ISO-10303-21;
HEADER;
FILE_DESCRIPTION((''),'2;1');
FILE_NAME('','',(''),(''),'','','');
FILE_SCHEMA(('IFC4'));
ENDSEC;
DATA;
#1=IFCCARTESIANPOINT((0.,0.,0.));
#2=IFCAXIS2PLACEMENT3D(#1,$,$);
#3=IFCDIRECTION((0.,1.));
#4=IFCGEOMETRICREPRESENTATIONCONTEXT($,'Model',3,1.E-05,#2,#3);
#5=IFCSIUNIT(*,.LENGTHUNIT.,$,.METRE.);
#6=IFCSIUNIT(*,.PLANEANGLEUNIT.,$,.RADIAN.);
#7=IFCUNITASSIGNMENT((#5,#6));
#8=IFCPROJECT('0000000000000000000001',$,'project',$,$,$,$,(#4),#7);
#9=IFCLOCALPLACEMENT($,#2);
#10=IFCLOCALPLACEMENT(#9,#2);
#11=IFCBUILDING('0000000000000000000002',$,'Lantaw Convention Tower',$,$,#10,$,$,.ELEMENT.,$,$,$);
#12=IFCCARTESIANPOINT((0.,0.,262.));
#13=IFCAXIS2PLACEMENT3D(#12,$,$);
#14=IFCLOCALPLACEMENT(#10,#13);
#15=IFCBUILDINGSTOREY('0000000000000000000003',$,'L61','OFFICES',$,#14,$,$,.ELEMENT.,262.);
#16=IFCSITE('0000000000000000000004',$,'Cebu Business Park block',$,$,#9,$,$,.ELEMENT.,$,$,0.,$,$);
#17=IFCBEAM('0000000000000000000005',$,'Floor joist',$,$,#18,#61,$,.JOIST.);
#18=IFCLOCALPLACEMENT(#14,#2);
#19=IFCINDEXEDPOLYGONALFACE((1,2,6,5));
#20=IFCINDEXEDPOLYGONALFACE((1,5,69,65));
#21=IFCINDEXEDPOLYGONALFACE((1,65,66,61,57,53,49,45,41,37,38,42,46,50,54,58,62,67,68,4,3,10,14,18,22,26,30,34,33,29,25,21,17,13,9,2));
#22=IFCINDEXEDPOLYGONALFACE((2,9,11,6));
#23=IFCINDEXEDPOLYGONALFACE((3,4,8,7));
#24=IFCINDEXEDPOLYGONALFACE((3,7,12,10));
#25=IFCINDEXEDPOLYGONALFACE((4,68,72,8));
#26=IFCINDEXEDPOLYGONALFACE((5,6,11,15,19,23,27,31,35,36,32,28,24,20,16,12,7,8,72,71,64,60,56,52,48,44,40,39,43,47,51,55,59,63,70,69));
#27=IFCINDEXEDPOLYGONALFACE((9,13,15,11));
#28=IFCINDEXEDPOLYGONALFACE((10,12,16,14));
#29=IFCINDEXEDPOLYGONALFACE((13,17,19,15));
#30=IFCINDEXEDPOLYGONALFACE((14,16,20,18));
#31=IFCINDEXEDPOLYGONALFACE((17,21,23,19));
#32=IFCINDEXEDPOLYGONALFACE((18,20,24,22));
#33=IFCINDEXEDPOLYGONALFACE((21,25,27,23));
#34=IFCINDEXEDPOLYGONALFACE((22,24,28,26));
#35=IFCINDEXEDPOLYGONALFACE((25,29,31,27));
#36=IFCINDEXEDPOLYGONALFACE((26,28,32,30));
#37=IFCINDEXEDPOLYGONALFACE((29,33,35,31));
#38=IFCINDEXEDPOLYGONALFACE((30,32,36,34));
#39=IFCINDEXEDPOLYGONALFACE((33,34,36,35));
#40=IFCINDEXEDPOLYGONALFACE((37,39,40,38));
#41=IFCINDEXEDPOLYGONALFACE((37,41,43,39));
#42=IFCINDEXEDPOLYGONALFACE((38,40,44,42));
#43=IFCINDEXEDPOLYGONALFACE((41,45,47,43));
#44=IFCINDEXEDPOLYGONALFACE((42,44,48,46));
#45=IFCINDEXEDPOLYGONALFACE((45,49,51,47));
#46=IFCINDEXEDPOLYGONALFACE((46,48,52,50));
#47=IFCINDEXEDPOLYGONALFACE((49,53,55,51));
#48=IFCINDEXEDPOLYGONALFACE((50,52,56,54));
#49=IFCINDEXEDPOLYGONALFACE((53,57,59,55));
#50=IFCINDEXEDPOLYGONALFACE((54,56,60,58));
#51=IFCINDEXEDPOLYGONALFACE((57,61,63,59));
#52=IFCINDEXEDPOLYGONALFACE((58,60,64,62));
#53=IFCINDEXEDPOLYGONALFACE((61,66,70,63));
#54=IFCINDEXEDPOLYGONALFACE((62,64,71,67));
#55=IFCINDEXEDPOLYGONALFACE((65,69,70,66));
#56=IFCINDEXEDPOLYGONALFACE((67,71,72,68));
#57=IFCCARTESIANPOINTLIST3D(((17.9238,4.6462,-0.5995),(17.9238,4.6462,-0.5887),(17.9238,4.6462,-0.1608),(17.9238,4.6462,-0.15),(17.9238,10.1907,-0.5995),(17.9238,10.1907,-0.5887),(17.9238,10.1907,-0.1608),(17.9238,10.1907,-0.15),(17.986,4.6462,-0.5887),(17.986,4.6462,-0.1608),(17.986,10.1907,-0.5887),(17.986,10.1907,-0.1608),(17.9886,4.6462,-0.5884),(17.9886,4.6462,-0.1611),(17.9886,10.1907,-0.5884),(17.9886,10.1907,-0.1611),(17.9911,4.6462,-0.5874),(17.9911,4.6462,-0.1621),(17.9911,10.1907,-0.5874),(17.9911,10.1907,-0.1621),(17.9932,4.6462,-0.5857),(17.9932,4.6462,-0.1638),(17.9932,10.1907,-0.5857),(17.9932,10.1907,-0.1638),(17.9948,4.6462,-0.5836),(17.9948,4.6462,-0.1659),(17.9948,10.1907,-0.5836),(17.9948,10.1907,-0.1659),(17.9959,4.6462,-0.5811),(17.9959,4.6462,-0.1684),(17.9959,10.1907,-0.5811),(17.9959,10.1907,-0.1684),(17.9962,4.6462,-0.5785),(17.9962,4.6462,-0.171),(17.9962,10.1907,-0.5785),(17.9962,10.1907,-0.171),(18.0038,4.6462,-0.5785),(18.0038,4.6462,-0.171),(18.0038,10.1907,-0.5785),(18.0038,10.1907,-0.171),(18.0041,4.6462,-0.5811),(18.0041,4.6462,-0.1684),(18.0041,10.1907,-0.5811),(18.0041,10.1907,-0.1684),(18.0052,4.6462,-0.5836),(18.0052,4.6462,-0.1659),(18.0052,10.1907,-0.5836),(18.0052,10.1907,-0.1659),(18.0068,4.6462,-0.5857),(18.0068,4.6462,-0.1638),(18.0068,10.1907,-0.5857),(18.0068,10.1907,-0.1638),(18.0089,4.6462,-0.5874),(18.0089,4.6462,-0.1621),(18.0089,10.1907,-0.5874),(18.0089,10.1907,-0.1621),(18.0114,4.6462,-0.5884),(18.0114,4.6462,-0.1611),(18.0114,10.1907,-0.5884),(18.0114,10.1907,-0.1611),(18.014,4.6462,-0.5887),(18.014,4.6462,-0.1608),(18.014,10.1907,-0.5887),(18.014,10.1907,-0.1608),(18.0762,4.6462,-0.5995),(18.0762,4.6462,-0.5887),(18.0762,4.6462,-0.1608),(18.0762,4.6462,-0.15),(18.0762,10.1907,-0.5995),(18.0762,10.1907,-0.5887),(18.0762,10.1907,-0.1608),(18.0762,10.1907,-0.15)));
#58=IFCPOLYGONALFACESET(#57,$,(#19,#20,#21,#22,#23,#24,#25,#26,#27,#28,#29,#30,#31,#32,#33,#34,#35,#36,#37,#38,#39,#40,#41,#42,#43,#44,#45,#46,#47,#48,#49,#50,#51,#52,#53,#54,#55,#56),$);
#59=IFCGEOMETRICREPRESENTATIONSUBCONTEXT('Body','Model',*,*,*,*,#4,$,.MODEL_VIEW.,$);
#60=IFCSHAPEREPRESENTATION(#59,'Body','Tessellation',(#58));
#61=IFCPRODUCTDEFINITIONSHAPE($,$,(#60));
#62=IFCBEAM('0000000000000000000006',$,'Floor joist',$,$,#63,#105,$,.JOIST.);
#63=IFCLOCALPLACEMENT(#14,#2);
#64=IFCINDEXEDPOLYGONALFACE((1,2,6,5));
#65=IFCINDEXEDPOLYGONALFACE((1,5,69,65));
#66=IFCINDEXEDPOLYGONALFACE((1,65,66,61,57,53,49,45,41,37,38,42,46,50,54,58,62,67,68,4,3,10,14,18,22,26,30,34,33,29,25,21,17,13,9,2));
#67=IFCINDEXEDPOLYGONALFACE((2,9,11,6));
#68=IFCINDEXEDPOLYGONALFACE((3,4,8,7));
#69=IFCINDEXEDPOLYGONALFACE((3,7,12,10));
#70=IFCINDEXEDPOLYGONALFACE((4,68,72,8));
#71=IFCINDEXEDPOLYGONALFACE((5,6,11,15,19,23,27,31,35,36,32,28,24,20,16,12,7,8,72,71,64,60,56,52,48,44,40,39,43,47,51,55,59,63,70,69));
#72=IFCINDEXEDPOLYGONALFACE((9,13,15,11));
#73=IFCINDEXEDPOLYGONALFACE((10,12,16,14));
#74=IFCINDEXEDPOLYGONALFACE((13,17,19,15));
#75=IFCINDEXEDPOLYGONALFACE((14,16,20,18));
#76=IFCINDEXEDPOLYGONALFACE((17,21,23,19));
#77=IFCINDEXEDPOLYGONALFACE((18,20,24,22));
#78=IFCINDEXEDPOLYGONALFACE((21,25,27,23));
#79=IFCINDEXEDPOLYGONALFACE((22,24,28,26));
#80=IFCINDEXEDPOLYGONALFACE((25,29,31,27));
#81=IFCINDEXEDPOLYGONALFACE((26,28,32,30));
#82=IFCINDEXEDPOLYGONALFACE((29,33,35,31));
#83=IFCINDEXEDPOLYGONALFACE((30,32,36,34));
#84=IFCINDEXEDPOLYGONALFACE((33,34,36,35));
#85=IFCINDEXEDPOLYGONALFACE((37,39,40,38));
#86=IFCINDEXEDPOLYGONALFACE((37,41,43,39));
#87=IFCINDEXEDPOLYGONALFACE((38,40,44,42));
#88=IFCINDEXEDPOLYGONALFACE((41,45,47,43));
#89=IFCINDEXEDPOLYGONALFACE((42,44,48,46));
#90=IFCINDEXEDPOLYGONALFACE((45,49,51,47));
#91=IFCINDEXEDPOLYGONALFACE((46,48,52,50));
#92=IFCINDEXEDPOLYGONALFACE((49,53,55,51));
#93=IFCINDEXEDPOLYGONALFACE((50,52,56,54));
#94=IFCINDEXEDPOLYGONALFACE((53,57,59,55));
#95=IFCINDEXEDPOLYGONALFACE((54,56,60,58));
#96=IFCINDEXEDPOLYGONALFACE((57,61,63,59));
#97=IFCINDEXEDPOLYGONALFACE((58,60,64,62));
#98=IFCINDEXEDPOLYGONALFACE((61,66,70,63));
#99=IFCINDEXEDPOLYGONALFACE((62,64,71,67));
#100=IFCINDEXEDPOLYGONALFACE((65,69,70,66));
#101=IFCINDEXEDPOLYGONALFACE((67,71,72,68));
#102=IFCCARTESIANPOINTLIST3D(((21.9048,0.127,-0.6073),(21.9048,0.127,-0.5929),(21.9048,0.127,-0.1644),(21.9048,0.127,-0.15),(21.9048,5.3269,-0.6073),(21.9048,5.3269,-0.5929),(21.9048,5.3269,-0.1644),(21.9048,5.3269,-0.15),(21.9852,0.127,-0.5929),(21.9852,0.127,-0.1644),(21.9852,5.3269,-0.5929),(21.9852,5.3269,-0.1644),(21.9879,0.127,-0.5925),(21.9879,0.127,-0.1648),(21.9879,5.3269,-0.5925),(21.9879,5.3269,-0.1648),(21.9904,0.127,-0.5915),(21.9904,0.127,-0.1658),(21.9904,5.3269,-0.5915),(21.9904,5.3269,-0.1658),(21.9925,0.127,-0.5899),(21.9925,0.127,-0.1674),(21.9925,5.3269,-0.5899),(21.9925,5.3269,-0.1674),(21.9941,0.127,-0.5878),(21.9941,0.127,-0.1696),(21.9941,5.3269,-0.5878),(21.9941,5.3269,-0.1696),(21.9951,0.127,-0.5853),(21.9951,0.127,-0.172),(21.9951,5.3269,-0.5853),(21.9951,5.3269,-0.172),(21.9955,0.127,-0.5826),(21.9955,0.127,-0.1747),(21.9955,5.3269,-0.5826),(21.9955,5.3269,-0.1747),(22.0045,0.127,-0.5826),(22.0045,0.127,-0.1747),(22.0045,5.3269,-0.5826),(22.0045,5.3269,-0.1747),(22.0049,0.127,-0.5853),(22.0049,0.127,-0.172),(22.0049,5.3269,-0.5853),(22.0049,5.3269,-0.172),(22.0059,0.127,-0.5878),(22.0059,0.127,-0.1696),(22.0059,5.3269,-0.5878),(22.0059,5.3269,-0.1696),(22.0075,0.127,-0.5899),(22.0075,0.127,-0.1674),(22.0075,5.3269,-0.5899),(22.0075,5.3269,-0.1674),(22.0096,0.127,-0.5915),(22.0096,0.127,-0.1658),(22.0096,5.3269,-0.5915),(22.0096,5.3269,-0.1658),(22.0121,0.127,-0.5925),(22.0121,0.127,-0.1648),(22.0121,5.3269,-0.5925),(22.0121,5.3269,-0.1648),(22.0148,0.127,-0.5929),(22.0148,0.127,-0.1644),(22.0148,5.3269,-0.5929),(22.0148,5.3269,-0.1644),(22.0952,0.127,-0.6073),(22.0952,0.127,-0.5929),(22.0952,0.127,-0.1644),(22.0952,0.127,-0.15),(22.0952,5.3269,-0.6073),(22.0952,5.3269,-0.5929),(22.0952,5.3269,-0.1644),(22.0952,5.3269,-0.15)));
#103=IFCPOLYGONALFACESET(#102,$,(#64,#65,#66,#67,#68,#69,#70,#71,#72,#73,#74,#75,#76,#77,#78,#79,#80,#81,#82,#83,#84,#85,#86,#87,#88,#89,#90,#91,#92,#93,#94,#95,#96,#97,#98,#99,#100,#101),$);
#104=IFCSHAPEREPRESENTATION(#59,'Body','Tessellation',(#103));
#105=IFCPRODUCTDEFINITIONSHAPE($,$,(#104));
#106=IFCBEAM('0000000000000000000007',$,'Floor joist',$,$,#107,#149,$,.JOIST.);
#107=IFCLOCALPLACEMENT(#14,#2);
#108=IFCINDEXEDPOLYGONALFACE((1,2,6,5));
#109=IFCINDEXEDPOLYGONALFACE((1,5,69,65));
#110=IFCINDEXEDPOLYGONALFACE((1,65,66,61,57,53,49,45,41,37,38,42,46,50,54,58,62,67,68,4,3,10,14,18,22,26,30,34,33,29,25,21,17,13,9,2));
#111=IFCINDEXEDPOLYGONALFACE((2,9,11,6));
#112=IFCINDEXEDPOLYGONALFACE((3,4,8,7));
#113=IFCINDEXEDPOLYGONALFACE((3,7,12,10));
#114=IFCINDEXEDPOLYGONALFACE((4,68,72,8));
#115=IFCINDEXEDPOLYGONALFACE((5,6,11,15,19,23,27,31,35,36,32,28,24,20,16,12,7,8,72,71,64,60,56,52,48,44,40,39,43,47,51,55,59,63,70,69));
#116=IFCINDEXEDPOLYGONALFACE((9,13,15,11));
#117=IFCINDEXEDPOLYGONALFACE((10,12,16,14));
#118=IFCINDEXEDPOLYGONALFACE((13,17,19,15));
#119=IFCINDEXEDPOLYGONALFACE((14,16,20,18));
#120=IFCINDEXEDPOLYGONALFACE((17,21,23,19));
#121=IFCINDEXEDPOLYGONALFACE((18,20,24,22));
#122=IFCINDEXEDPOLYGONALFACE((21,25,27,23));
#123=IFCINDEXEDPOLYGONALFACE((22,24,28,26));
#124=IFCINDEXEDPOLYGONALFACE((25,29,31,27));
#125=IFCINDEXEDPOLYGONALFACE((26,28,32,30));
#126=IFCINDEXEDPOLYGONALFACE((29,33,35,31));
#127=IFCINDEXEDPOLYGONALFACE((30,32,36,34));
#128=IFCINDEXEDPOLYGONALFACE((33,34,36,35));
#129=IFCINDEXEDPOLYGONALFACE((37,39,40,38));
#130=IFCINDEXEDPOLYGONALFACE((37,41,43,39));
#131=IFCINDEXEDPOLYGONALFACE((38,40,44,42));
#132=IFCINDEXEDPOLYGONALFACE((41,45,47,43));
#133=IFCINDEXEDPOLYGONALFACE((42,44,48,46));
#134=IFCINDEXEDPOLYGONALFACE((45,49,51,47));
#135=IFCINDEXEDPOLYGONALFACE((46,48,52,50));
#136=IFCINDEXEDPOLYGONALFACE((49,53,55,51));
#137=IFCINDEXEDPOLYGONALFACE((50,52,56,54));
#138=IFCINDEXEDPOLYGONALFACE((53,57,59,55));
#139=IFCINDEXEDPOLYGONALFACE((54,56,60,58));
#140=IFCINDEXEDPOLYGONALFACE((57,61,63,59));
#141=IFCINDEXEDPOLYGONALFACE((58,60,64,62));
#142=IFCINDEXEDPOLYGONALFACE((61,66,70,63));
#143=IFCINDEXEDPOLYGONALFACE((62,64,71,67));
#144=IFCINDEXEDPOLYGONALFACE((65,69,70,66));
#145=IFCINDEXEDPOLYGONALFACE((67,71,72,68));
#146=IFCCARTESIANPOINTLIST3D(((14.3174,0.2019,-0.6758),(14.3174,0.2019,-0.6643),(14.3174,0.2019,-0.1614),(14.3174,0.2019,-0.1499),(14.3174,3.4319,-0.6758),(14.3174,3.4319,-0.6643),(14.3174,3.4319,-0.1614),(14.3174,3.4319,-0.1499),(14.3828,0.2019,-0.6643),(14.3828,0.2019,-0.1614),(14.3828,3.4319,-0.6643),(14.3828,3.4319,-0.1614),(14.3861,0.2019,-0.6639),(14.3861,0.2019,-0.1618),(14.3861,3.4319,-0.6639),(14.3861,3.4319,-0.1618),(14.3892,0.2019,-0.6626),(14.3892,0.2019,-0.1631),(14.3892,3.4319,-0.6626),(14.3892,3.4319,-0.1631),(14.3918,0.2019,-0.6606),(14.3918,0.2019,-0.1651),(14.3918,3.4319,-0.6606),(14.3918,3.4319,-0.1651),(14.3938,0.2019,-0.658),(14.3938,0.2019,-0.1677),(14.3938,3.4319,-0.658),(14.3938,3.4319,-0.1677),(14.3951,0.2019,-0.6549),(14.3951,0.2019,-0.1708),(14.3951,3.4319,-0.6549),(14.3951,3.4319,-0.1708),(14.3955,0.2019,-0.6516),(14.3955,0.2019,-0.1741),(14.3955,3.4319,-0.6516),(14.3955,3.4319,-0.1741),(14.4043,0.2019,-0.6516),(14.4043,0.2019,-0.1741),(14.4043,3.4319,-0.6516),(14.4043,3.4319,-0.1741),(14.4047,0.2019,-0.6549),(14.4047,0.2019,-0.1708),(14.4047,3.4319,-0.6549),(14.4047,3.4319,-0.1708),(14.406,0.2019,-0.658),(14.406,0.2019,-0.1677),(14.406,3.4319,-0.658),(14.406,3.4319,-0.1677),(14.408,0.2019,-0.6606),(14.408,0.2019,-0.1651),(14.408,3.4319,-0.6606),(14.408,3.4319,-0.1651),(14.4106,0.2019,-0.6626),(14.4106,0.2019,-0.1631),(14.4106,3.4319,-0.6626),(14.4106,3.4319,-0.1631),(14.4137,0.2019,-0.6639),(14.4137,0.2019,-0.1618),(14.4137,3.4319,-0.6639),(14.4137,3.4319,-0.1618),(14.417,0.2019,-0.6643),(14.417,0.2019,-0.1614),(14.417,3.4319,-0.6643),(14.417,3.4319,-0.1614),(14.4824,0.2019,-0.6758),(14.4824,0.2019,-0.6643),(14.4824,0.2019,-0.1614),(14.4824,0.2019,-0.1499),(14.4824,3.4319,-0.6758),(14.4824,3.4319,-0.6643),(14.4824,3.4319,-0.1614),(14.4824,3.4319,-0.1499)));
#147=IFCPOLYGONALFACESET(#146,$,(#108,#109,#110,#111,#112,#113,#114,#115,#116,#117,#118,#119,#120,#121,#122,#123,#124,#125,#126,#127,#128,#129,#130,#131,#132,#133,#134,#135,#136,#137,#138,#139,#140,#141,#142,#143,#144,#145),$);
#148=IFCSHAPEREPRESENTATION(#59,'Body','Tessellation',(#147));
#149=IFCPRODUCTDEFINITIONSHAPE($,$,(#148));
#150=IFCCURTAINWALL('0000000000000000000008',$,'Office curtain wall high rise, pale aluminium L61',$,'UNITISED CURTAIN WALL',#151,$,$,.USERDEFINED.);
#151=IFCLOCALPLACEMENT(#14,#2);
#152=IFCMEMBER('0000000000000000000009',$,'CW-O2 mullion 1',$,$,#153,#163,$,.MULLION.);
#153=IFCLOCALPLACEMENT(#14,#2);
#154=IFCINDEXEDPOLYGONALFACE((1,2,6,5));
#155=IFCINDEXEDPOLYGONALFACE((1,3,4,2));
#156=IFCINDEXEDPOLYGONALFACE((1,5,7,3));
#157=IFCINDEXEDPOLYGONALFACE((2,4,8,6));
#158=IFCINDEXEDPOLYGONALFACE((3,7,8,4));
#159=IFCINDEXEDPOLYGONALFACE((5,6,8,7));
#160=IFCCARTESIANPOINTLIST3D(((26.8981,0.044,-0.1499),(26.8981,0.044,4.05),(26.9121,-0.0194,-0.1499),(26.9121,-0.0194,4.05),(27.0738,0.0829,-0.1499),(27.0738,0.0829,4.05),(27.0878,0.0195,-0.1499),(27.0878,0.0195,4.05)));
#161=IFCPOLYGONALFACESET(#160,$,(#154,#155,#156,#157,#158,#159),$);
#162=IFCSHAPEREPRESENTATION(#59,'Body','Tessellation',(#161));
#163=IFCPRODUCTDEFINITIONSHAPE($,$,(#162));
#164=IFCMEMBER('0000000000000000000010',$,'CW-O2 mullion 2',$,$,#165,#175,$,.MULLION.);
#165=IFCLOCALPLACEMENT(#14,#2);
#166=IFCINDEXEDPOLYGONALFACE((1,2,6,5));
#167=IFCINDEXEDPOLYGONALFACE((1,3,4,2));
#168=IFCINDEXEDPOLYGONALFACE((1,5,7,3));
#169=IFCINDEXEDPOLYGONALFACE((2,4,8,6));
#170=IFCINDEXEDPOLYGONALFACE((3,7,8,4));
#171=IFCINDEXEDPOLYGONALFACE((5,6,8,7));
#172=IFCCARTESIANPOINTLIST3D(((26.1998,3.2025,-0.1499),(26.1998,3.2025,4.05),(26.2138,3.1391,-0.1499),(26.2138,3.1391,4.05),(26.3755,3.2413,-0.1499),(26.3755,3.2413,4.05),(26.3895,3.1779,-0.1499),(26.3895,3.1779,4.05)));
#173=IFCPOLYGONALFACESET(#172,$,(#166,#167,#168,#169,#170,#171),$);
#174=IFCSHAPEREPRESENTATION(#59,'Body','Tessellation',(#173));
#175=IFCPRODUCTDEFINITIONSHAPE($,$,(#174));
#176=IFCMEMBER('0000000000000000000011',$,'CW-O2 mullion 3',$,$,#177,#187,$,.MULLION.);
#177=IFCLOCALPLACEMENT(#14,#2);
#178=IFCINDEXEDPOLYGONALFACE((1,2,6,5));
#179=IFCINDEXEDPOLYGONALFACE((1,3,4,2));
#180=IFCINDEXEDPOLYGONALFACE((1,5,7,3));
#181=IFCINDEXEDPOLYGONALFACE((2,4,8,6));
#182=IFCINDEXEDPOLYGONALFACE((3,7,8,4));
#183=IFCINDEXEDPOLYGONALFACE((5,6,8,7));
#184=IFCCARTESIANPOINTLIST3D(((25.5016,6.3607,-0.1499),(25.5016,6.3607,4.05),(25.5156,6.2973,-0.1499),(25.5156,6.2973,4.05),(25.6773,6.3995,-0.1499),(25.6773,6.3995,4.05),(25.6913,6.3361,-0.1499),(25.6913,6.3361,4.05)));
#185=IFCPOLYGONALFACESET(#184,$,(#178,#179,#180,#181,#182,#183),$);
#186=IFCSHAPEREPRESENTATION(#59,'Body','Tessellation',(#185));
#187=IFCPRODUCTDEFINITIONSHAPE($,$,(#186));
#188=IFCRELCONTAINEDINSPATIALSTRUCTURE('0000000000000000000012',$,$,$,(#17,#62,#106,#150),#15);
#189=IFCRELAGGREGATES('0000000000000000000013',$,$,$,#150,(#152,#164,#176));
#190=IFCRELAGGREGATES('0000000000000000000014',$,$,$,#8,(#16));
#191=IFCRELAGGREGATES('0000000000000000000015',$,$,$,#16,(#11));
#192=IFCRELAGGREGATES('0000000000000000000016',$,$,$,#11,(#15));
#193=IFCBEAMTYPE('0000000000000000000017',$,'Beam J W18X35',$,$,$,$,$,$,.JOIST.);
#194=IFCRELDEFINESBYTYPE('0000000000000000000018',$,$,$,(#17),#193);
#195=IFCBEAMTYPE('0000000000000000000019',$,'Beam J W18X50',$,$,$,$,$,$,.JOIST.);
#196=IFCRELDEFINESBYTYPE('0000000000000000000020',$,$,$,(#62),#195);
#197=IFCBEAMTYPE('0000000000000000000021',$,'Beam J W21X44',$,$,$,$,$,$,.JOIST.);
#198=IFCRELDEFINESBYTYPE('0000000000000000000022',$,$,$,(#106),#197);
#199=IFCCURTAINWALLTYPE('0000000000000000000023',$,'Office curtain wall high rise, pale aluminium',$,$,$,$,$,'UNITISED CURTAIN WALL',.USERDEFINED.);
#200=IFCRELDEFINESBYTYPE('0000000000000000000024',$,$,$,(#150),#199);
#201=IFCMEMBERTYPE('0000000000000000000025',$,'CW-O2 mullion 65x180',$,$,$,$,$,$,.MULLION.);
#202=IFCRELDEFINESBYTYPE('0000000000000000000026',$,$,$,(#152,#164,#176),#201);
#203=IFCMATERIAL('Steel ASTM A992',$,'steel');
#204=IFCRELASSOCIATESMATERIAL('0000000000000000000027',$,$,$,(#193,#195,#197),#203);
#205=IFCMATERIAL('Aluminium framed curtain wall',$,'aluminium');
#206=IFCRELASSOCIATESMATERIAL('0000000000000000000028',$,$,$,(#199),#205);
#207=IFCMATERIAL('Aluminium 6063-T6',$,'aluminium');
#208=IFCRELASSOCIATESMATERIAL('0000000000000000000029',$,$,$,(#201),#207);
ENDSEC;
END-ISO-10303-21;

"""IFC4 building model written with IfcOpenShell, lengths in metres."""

from ifc_helpers import new_model, si_unit, direction, frame, origin, origin_2d, place, context, subcontext, project, spatial, rectangle, i_section, extrude, material, material_profile, profile_set, type_object, element, aggregate, save


model = new_model("IFC4")

# Units and contexts
model_context = context("Model", 3, precision=1e-05, world=origin(), true_north=direction((0.0, 1.0)))
body_context = subcontext(model_context, "Body", "Model", "MODEL_VIEW")
ifc_project = project(units=[si_unit("LENGTHUNIT", "METRE"), si_unit("PLANEANGLEUNIT", "RADIAN")], contexts=[model_context])

# Site, building, storey
site_placement = place(None, origin())
site = spatial("IfcSite", under=ifc_project, at=site_placement, Name="Cebu Business Park block", CompositionType="ELEMENT", RefElevation=0.0)
building_placement = place(site_placement, origin())
building = spatial("IfcBuilding", under=site, at=building_placement, Name="Lantaw Convention Tower", CompositionType="ELEMENT")
storey_placement = place(building_placement, frame((0.0, 0.0, 262.0)))
storey = spatial("IfcBuildingStorey", under=building, at=storey_placement, Name="L61", Description="OFFICES", CompositionType="ELEMENT", Elevation=262.0)

# Beams
ifc_material_1 = material(Name="Steel ASTM A992", Category="steel")
ifc_material_profile_1 = material_profile(ifc_material_1, i_section(OverallWidth=0.1523, OverallDepth=0.4495, WebThickness=0.0076, FlangeThickness=0.0107, FilletRadius=0.0103, at=origin_2d()), Name="W18X35")
ifc_profile_set_1 = profile_set([ifc_material_profile_1], Name="Steel ASTM A992")
beam_type_1 = type_object("IfcBeamType", Name="Beam J W18X35", PredefinedType="JOIST", material=ifc_profile_set_1)
beam_1_placement = place(storey_placement, frame((18.0, 4.6462, -0.3748), z_axis=(0.0, 1.0, 0.0), x_axis=(-1.0, 0.0, 0.0)))
element("IfcBeam", 1, at=beam_1_placement, inside=storey, type_object=beam_type_1, Name="Floor joist", PredefinedType="JOIST", context=body_context, shape_type="SweptSolid", body=[
    extrude(i_section(OverallWidth=0.1523, OverallDepth=0.4495, WebThickness=0.0076, FlangeThickness=0.0107, FilletRadius=0.0103, at=origin_2d()), origin(), (0.0, 0.0, 1.0), 5.5444),
])
ifc_material_profile_2 = material_profile(ifc_material_1, i_section(OverallWidth=0.1904, OverallDepth=0.4573, WebThickness=0.009, FlangeThickness=0.0144, FilletRadius=0.0103, at=origin_2d()), Name="W18X50")
ifc_profile_set_2 = profile_set([ifc_material_profile_2], Name="Steel ASTM A992")
beam_type_2 = type_object("IfcBeamType", Name="Beam J W18X50", PredefinedType="JOIST", material=ifc_profile_set_2)
beam_2_placement = place(storey_placement, frame((22.0, 0.127, -0.3787), z_axis=(0.0, 1.0, 0.0), x_axis=(-1.0, 0.0, 0.0)))
element("IfcBeam", 2, at=beam_2_placement, inside=storey, type_object=beam_type_2, Name="Floor joist", PredefinedType="JOIST", context=body_context, shape_type="SweptSolid", body=[
    extrude(i_section(OverallWidth=0.1904, OverallDepth=0.4573, WebThickness=0.009, FlangeThickness=0.0144, FilletRadius=0.0103, at=origin_2d()), origin(), (0.0, 0.0, 1.0), 5.2),
])
ifc_material_profile_3 = material_profile(ifc_material_1, i_section(OverallWidth=0.165, OverallDepth=0.5259, WebThickness=0.0088, FlangeThickness=0.0115, FilletRadius=0.0127, at=origin_2d()), Name="W21X44")
ifc_profile_set_3 = profile_set([ifc_material_profile_3], Name="Steel ASTM A992")
beam_type_3 = type_object("IfcBeamType", Name="Beam J W21X44", PredefinedType="JOIST", material=ifc_profile_set_3)
beam_3_placement = place(storey_placement, frame((14.3999, 0.2019, -0.4128), z_axis=(0.0, 1.0, 0.0), x_axis=(-1.0, 0.0, 0.0)))
element("IfcBeam", 3, at=beam_3_placement, inside=storey, type_object=beam_type_3, Name="Floor joist", PredefinedType="JOIST", context=body_context, shape_type="SweptSolid", body=[
    extrude(i_section(OverallWidth=0.165, OverallDepth=0.5259, WebThickness=0.0088, FlangeThickness=0.0115, FilletRadius=0.0127, at=origin_2d()), origin(), (0.0, 0.0, 1.0), 3.23),
])

# Curtain wall, members
ifc_material_2 = material(Name="Aluminium framed curtain wall", Category="aluminium")
curtain_wall_type = type_object("IfcCurtainWallType", Name="Office curtain wall high rise, pale aluminium", ElementType="UNITISED CURTAIN WALL", PredefinedType="USERDEFINED", material=ifc_material_2)
curtain_wall_1_placement = place(storey_placement, origin())
curtain_wall_1 = element("IfcCurtainWall", 4, at=curtain_wall_1_placement, inside=storey, type_object=curtain_wall_type, Name="Office curtain wall high rise, pale aluminium L61", ObjectType="UNITISED CURTAIN WALL", PredefinedType="USERDEFINED")
ifc_material_3 = material(Name="Aluminium 6063-T6", Category="aluminium")
ifc_material_profile_4 = material_profile(ifc_material_3, rectangle(XDim=0.1799, YDim=0.0649, at=origin_2d()), Name="CW-O2 mullion 65x180")
ifc_profile_set_4 = profile_set([ifc_material_profile_4], Name="Aluminium 6063-T6")
member_type_1 = type_object("IfcMemberType", Name="CW-O2 mullion 65x180", PredefinedType="MULLION", material=ifc_profile_set_4)
member_1_placement = place(storey_placement, frame((26.9929, 0.0317, -0.1499), z_axis=(0.0, 0.0, 1.0), x_axis=(-0.976417, -0.215891, 0.0)))
member_1 = element("IfcMember", 5, at=member_1_placement, type_object=member_type_1, Name="CW-O2 mullion 1", PredefinedType="MULLION", context=body_context, shape_type="SweptSolid", body=[
    extrude(rectangle(XDim=0.1799, YDim=0.0649, at=origin_2d()), origin(), (0.0, 0.0, 1.0), 4.2),
])
member_2_placement = place(storey_placement, frame((26.2947, 3.1902, -0.1499), z_axis=(0.0, 0.0, 1.0), x_axis=(-0.976417, -0.215891, 0.0)))
member_2 = element("IfcMember", 6, at=member_2_placement, type_object=member_type_1, Name="CW-O2 mullion 2", PredefinedType="MULLION", context=body_context, shape_type="SweptSolid", body=[
    extrude(rectangle(XDim=0.1799, YDim=0.0649, at=origin_2d()), origin(), (0.0, 0.0, 1.0), 4.2),
])
member_3_placement = place(storey_placement, frame((25.5964, 6.3484, -0.1499), z_axis=(0.0, 0.0, 1.0), x_axis=(-0.976417, -0.215891, 0.0)))
member_3 = element("IfcMember", 7, at=member_3_placement, type_object=member_type_1, Name="CW-O2 mullion 3", PredefinedType="MULLION", context=body_context, shape_type="SweptSolid", body=[
    extrude(rectangle(XDim=0.1799, YDim=0.0649, at=origin_2d()), origin(), (0.0, 0.0, 1.0), 4.2),
])

aggregate(curtain_wall_1, [member_1, member_2, member_3])

save(model, "model.ifc")
